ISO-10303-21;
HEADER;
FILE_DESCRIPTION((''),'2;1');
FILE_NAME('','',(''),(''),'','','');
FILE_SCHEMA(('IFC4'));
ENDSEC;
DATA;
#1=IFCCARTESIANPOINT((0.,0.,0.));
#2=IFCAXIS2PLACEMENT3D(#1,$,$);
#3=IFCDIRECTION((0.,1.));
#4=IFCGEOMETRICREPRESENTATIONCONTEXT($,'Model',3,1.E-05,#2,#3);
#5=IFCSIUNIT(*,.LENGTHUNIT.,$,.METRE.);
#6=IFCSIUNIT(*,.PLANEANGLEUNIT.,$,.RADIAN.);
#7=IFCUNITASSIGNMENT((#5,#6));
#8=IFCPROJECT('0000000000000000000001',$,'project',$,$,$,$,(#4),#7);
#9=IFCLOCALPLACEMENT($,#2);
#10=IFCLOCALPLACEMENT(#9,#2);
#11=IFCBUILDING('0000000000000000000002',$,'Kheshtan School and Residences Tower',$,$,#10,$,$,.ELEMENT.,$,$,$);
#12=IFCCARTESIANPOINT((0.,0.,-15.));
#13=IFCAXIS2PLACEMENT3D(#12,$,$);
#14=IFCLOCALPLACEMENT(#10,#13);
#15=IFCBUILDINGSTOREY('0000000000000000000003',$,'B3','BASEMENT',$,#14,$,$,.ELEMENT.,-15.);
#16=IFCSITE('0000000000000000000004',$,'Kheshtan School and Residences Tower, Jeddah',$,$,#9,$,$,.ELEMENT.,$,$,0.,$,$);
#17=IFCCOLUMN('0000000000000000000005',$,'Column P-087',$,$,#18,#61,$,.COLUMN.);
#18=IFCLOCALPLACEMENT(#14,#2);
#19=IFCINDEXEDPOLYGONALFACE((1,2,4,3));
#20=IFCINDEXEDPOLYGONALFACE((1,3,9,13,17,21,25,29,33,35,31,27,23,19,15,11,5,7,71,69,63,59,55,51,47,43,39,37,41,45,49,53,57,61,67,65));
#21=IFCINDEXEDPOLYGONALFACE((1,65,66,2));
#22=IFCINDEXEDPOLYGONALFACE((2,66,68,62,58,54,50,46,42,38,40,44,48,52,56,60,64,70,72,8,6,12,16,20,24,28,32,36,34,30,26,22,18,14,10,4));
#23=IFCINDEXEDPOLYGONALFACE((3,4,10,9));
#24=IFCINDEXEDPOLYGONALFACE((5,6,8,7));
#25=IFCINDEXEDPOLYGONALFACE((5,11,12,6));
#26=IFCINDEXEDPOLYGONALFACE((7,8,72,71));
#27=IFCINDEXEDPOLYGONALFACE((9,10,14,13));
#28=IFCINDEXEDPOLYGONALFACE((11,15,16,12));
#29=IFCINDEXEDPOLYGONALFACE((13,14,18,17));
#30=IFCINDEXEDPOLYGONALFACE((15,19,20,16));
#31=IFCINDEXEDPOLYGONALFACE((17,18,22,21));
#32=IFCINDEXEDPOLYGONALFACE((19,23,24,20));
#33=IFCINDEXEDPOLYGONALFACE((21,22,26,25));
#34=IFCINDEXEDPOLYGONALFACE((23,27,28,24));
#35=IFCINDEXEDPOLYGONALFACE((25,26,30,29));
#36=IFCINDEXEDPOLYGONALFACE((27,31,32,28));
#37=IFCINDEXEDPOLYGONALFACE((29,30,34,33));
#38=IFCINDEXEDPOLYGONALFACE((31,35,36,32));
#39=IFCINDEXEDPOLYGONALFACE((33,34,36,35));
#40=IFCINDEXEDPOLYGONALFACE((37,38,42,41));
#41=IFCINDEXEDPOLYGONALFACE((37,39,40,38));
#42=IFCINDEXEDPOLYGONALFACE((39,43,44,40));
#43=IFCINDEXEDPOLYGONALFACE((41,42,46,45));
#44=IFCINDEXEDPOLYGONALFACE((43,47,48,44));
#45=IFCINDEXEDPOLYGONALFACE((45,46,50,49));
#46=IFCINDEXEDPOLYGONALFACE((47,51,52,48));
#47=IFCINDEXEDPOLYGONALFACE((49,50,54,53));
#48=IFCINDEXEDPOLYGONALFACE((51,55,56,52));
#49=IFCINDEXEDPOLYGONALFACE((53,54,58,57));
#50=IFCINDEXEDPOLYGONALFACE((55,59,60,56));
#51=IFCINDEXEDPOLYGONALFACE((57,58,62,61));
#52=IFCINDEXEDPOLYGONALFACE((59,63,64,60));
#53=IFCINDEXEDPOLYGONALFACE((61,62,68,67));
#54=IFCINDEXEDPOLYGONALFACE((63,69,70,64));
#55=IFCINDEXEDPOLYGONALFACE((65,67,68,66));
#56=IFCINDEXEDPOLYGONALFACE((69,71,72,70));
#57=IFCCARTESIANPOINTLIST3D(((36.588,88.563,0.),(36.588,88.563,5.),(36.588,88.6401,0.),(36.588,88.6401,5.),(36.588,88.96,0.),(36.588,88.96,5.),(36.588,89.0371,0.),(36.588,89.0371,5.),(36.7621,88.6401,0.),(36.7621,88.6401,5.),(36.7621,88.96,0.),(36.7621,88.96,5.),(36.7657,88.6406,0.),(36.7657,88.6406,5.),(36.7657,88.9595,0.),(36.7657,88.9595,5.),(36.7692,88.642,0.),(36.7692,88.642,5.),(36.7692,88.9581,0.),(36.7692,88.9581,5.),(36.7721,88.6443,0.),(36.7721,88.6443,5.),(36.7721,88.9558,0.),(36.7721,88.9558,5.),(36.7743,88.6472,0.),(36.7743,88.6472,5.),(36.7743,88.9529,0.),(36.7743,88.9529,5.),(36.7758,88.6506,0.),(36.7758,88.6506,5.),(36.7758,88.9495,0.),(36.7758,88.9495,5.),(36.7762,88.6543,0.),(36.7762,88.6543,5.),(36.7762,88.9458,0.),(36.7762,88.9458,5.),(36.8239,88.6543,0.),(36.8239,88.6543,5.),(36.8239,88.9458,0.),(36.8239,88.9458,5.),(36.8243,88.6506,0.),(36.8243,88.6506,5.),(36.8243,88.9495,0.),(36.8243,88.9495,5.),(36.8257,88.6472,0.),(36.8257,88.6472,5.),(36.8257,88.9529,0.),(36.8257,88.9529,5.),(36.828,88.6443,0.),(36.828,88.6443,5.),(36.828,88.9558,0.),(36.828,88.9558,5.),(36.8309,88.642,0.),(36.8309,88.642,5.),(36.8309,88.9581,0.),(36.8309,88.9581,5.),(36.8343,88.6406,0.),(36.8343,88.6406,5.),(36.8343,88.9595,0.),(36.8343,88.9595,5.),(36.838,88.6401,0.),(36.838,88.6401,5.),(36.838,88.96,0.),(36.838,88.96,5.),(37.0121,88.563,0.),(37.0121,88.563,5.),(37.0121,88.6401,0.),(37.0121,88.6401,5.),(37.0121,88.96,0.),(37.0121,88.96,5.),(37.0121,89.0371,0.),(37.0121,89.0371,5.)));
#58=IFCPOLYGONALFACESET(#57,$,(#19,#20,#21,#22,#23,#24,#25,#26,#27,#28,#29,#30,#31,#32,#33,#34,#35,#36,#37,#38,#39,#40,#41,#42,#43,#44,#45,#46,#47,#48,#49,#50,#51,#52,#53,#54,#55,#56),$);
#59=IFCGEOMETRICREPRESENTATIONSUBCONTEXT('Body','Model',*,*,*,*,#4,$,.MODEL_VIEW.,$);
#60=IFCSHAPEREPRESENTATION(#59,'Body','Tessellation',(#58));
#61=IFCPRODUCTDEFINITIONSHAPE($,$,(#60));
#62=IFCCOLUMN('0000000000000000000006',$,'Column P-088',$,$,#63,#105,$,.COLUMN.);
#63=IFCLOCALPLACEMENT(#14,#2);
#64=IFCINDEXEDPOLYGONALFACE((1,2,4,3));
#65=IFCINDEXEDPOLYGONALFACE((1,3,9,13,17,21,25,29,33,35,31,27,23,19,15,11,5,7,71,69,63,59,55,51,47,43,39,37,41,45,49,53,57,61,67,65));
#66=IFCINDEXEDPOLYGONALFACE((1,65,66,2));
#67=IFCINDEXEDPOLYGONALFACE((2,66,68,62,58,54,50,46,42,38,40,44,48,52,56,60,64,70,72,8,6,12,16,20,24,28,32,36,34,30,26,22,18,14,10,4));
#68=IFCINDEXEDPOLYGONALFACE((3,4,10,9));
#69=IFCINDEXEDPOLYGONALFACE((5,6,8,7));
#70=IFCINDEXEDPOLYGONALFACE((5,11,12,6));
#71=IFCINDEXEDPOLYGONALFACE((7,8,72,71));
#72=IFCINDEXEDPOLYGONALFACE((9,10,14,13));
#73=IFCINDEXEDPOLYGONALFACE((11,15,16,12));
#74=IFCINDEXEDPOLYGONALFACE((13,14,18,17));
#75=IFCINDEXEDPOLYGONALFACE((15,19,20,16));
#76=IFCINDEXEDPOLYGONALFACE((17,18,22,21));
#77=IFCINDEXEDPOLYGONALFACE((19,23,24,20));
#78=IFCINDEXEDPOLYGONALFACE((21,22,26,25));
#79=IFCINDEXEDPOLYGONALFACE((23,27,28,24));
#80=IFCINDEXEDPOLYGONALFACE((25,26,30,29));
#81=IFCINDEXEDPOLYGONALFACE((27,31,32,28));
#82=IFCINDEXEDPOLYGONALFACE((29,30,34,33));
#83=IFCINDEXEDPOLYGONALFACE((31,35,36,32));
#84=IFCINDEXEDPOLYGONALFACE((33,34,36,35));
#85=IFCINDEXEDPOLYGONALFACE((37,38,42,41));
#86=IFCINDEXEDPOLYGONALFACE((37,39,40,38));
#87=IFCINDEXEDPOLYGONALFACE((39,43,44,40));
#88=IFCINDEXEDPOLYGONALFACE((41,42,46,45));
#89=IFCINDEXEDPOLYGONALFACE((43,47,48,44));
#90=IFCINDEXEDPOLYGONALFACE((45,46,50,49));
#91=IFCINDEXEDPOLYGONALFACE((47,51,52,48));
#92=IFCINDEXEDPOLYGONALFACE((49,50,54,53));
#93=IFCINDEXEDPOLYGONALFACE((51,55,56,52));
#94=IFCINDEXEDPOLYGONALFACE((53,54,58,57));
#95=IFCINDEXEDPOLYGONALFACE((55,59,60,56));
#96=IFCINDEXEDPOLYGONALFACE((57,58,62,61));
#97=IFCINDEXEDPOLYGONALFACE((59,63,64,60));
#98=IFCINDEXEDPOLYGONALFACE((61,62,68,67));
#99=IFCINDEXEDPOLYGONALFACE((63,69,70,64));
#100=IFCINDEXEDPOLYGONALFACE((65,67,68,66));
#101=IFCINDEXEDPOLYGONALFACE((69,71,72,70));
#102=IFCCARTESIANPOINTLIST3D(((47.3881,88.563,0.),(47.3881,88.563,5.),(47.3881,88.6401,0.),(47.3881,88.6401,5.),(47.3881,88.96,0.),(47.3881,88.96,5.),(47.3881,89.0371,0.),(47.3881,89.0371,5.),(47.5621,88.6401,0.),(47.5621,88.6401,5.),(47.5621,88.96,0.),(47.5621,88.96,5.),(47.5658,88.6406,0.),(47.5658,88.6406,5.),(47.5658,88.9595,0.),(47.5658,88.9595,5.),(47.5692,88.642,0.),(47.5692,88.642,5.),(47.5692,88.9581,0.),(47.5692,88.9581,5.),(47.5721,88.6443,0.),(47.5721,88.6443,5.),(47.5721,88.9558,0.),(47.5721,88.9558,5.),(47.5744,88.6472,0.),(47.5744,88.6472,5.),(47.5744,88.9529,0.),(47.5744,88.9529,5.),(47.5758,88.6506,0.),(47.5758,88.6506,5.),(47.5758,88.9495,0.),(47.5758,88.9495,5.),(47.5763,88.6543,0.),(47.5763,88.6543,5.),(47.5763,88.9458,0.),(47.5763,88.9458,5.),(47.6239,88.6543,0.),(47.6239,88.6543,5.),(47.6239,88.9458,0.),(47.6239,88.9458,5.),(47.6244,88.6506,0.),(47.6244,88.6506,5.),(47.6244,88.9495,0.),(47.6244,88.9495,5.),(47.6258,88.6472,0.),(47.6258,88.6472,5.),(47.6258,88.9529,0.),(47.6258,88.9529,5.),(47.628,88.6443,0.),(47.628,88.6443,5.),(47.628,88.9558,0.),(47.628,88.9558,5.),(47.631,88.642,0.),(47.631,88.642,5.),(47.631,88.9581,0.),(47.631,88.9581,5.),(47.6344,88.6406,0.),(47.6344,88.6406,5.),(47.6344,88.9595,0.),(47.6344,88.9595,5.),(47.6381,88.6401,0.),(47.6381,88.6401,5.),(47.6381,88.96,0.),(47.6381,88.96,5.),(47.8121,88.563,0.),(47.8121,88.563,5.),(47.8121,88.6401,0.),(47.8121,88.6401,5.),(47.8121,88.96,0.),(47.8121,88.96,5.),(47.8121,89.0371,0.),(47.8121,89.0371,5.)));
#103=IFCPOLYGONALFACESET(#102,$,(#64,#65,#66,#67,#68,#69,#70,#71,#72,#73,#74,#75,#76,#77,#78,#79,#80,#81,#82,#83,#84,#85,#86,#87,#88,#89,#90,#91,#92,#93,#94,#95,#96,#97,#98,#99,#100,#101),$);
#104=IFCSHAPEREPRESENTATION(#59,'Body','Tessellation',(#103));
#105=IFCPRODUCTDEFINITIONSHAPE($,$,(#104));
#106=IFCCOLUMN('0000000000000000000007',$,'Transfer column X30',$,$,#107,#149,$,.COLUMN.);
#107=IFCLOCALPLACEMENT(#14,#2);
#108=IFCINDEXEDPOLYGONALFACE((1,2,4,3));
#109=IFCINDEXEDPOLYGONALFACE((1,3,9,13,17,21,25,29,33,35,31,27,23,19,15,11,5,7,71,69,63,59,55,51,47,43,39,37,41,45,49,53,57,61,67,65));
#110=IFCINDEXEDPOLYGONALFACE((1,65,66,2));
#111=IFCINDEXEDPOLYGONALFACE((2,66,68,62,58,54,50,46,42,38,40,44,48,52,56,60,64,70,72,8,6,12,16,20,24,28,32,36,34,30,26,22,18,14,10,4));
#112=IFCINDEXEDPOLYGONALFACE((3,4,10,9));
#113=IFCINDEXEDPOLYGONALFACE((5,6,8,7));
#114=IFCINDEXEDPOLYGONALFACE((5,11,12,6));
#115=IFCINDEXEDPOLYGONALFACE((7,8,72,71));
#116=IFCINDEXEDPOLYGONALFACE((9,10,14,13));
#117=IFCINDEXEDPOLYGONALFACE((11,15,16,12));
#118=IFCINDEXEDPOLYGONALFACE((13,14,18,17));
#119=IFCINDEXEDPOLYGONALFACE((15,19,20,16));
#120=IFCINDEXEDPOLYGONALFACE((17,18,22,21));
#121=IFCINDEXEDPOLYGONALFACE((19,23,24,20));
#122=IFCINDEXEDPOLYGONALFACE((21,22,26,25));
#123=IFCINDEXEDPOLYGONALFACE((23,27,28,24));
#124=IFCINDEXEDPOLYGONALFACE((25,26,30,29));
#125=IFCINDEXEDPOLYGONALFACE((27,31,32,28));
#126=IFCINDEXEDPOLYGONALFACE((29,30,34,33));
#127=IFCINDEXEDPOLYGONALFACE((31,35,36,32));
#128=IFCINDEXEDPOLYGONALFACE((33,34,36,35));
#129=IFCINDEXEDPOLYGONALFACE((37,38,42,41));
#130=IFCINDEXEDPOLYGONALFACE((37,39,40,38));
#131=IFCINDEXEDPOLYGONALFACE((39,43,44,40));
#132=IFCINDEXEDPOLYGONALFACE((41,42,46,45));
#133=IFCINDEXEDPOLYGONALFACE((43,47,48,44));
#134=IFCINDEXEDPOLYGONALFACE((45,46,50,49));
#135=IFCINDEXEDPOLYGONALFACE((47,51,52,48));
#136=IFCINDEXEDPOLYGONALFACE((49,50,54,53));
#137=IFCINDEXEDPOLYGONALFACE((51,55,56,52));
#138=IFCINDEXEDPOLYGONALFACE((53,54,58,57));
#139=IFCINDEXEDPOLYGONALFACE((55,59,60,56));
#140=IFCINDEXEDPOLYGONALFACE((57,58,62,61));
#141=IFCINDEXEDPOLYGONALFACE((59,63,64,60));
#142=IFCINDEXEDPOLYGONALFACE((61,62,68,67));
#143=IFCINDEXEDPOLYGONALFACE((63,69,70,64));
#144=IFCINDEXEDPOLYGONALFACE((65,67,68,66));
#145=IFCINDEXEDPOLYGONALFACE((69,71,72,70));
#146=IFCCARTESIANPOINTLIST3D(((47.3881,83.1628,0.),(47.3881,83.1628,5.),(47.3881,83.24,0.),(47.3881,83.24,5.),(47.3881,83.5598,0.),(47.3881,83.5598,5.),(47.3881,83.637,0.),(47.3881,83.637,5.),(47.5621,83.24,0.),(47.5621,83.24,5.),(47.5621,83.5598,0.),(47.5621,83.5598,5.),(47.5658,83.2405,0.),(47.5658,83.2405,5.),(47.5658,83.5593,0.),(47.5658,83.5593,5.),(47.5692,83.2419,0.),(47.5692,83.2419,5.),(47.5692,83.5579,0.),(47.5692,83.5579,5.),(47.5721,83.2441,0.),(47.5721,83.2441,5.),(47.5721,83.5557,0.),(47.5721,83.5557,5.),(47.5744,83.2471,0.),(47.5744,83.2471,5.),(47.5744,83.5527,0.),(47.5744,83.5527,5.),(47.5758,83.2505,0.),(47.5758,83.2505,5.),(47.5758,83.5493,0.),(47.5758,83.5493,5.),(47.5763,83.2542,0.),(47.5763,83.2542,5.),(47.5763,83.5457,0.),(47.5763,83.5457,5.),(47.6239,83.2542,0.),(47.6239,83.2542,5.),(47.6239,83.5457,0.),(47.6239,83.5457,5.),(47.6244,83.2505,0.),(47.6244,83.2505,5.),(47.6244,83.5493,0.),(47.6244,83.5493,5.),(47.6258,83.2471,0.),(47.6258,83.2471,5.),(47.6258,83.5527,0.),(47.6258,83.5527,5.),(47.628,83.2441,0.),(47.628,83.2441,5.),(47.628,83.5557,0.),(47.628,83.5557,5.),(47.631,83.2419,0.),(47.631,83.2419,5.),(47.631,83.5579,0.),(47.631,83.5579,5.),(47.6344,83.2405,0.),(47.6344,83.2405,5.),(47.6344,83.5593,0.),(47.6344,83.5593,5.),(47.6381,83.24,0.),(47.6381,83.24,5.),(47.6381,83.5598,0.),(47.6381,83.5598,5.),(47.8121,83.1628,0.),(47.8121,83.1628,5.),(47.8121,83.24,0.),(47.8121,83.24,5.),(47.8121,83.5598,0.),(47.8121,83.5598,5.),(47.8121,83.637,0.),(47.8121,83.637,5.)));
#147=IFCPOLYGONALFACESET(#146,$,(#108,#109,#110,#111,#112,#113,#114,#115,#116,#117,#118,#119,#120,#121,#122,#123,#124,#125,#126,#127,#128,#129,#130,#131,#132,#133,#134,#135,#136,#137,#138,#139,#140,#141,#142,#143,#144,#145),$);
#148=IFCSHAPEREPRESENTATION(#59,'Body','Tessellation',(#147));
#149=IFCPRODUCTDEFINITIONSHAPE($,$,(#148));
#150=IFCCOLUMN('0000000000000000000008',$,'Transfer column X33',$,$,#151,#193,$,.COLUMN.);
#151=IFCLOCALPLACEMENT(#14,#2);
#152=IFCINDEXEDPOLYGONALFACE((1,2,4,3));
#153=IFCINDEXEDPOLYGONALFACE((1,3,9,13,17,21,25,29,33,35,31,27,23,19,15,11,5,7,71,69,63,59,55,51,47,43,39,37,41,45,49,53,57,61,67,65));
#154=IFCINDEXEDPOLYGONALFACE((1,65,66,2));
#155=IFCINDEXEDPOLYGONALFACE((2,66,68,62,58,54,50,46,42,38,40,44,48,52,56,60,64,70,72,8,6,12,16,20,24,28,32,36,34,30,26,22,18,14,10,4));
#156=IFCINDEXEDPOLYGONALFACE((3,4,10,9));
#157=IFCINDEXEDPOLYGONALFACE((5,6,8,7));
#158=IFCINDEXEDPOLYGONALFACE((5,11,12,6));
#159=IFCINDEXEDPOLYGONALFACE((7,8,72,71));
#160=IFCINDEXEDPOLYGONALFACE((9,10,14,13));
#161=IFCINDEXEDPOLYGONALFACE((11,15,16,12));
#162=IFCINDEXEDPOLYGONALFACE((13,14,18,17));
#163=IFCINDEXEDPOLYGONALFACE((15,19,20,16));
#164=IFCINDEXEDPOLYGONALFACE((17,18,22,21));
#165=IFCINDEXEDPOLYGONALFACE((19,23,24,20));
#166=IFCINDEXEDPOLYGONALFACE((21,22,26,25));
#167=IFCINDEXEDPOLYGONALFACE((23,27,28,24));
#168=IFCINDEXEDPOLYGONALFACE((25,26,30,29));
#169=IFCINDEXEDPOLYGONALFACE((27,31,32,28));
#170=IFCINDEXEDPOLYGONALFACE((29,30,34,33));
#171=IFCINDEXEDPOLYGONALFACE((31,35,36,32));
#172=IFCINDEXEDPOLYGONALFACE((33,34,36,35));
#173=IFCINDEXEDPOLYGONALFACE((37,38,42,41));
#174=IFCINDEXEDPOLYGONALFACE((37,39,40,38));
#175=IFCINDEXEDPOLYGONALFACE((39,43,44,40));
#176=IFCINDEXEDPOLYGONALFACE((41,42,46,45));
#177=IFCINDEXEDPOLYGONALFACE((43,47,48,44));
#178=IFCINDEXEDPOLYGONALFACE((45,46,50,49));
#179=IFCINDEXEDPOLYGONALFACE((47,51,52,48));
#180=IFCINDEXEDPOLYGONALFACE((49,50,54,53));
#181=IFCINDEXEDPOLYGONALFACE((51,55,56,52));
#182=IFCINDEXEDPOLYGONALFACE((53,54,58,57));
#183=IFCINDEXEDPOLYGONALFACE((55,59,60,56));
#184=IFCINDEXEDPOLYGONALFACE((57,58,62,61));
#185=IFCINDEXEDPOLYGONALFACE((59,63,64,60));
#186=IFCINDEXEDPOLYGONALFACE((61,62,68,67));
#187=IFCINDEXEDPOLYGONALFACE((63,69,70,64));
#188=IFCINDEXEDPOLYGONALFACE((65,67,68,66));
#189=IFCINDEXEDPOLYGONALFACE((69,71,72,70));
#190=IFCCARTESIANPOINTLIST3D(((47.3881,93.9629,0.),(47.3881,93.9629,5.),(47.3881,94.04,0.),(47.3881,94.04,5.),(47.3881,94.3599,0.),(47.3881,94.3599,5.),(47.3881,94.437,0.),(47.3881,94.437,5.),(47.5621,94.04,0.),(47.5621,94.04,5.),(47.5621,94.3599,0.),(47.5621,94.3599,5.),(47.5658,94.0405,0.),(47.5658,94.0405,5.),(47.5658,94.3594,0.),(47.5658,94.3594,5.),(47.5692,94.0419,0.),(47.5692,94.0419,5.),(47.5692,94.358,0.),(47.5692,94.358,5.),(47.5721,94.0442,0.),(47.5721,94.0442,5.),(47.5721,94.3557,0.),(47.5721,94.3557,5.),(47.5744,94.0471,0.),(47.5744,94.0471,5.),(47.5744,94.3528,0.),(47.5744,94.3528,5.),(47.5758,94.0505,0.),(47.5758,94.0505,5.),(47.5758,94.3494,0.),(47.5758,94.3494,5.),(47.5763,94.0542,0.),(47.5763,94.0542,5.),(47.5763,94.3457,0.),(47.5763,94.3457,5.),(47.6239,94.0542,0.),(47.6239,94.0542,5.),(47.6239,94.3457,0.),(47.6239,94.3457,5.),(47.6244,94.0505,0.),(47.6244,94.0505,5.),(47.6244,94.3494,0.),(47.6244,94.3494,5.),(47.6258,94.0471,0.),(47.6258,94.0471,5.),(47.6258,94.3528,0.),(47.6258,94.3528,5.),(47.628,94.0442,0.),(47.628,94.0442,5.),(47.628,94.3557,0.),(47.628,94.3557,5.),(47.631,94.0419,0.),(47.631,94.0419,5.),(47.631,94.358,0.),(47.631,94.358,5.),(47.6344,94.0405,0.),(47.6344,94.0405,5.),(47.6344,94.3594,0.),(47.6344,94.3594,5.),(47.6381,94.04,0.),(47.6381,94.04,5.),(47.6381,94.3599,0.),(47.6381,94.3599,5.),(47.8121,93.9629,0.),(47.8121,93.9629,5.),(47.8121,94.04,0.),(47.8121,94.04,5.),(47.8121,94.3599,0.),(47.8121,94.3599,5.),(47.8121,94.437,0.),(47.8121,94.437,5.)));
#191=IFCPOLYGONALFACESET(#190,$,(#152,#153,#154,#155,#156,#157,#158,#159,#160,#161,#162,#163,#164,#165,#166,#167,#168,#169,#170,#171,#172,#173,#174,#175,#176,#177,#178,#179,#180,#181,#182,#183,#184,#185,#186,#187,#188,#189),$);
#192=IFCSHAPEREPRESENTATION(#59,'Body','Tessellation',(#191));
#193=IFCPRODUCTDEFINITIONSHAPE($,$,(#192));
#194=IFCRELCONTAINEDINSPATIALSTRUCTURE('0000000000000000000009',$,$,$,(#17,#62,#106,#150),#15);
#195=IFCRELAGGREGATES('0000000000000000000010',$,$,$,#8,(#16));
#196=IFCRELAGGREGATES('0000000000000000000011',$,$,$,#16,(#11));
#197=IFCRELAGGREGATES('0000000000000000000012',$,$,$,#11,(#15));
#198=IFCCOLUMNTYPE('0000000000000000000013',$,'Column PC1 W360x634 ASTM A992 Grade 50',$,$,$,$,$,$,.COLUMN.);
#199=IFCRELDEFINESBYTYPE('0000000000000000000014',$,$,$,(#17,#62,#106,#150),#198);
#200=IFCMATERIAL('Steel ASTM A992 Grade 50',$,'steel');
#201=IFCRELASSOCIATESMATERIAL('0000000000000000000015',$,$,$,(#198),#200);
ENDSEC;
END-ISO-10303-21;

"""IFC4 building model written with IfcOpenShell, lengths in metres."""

from ifc_helpers import new_model, si_unit, direction, frame, origin, origin_2d, place, context, subcontext, project, spatial, i_section, extrude, material, material_profile, profile_set, type_object, element, save


model = new_model("IFC4")

# Units and contexts
model_context = context("Model", 3, precision=1e-05, world=origin(), true_north=direction((0.0, 1.0)))
body_context = subcontext(model_context, "Body", "Model", "MODEL_VIEW")
ifc_project = project(units=[si_unit("LENGTHUNIT", "METRE"), si_unit("PLANEANGLEUNIT", "RADIAN")], contexts=[model_context])

# Site, building, storey
site_placement = place(None, origin())
site = spatial("IfcSite", under=ifc_project, at=site_placement, Name="Kheshtan School and Residences Tower, Jeddah", CompositionType="ELEMENT", RefElevation=0.0)
building_placement = place(site_placement, origin())
building = spatial("IfcBuilding", under=site, at=building_placement, Name="Kheshtan School and Residences Tower", CompositionType="ELEMENT")
storey_placement = place(building_placement, frame((0.0, 0.0, -15.0)))
storey = spatial("IfcBuildingStorey", under=building, at=storey_placement, Name="B3", Description="BASEMENT", CompositionType="ELEMENT", Elevation=-15.0)

# Columns
ifc_material_1 = material(Name="Steel ASTM A992 Grade 50", Category="steel")
ifc_material_profile_1 = material_profile(ifc_material_1, i_section(OverallWidth=0.4241, OverallDepth=0.4741, WebThickness=0.0476, FlangeThickness=0.0771, FilletRadius=0.0142, at=origin_2d()), Name="W360x634")
ifc_profile_set_1 = profile_set([ifc_material_profile_1], Name="Steel ASTM A992 Grade 50")
column_type = type_object("IfcColumnType", Name="Column PC1 W360x634 ASTM A992 Grade 50", PredefinedType="COLUMN", material=ifc_profile_set_1)
for number, where, z_axis, x_axis, name in (
    (1, (36.8, 88.8, 0.0), (0.0, 0.0, 1.0), (1.0, 0.0, 0.0), "Column P-087"),
    (2, (47.6001, 88.8, 0.0), (0.0, 0.0, 1.0), (1.0, 0.0, 0.0), "Column P-088"),
    (3, (47.6001, 83.3999, 0.0), (0.0, 0.0, 1.0), (1.0, 0.0, 0.0), "Transfer column X30"),
    (4, (47.6001, 94.2, 0.0), (0.0, 0.0, 1.0), (1.0, 0.0, 0.0), "Transfer column X33"),
):
    element("IfcColumn", number, at=place(storey_placement, frame(where, z_axis=z_axis, x_axis=x_axis)), inside=storey, type_object=column_type, Name=name, PredefinedType="COLUMN", context=body_context, shape_type="SweptSolid", body=[
        extrude(i_section(OverallWidth=0.4241, OverallDepth=0.4741, WebThickness=0.0476, FlangeThickness=0.0771, FilletRadius=0.0142, at=origin_2d()), origin(), (0.0, 0.0, 1.0), 5.0),
    ])

save(model, "model.ifc")
